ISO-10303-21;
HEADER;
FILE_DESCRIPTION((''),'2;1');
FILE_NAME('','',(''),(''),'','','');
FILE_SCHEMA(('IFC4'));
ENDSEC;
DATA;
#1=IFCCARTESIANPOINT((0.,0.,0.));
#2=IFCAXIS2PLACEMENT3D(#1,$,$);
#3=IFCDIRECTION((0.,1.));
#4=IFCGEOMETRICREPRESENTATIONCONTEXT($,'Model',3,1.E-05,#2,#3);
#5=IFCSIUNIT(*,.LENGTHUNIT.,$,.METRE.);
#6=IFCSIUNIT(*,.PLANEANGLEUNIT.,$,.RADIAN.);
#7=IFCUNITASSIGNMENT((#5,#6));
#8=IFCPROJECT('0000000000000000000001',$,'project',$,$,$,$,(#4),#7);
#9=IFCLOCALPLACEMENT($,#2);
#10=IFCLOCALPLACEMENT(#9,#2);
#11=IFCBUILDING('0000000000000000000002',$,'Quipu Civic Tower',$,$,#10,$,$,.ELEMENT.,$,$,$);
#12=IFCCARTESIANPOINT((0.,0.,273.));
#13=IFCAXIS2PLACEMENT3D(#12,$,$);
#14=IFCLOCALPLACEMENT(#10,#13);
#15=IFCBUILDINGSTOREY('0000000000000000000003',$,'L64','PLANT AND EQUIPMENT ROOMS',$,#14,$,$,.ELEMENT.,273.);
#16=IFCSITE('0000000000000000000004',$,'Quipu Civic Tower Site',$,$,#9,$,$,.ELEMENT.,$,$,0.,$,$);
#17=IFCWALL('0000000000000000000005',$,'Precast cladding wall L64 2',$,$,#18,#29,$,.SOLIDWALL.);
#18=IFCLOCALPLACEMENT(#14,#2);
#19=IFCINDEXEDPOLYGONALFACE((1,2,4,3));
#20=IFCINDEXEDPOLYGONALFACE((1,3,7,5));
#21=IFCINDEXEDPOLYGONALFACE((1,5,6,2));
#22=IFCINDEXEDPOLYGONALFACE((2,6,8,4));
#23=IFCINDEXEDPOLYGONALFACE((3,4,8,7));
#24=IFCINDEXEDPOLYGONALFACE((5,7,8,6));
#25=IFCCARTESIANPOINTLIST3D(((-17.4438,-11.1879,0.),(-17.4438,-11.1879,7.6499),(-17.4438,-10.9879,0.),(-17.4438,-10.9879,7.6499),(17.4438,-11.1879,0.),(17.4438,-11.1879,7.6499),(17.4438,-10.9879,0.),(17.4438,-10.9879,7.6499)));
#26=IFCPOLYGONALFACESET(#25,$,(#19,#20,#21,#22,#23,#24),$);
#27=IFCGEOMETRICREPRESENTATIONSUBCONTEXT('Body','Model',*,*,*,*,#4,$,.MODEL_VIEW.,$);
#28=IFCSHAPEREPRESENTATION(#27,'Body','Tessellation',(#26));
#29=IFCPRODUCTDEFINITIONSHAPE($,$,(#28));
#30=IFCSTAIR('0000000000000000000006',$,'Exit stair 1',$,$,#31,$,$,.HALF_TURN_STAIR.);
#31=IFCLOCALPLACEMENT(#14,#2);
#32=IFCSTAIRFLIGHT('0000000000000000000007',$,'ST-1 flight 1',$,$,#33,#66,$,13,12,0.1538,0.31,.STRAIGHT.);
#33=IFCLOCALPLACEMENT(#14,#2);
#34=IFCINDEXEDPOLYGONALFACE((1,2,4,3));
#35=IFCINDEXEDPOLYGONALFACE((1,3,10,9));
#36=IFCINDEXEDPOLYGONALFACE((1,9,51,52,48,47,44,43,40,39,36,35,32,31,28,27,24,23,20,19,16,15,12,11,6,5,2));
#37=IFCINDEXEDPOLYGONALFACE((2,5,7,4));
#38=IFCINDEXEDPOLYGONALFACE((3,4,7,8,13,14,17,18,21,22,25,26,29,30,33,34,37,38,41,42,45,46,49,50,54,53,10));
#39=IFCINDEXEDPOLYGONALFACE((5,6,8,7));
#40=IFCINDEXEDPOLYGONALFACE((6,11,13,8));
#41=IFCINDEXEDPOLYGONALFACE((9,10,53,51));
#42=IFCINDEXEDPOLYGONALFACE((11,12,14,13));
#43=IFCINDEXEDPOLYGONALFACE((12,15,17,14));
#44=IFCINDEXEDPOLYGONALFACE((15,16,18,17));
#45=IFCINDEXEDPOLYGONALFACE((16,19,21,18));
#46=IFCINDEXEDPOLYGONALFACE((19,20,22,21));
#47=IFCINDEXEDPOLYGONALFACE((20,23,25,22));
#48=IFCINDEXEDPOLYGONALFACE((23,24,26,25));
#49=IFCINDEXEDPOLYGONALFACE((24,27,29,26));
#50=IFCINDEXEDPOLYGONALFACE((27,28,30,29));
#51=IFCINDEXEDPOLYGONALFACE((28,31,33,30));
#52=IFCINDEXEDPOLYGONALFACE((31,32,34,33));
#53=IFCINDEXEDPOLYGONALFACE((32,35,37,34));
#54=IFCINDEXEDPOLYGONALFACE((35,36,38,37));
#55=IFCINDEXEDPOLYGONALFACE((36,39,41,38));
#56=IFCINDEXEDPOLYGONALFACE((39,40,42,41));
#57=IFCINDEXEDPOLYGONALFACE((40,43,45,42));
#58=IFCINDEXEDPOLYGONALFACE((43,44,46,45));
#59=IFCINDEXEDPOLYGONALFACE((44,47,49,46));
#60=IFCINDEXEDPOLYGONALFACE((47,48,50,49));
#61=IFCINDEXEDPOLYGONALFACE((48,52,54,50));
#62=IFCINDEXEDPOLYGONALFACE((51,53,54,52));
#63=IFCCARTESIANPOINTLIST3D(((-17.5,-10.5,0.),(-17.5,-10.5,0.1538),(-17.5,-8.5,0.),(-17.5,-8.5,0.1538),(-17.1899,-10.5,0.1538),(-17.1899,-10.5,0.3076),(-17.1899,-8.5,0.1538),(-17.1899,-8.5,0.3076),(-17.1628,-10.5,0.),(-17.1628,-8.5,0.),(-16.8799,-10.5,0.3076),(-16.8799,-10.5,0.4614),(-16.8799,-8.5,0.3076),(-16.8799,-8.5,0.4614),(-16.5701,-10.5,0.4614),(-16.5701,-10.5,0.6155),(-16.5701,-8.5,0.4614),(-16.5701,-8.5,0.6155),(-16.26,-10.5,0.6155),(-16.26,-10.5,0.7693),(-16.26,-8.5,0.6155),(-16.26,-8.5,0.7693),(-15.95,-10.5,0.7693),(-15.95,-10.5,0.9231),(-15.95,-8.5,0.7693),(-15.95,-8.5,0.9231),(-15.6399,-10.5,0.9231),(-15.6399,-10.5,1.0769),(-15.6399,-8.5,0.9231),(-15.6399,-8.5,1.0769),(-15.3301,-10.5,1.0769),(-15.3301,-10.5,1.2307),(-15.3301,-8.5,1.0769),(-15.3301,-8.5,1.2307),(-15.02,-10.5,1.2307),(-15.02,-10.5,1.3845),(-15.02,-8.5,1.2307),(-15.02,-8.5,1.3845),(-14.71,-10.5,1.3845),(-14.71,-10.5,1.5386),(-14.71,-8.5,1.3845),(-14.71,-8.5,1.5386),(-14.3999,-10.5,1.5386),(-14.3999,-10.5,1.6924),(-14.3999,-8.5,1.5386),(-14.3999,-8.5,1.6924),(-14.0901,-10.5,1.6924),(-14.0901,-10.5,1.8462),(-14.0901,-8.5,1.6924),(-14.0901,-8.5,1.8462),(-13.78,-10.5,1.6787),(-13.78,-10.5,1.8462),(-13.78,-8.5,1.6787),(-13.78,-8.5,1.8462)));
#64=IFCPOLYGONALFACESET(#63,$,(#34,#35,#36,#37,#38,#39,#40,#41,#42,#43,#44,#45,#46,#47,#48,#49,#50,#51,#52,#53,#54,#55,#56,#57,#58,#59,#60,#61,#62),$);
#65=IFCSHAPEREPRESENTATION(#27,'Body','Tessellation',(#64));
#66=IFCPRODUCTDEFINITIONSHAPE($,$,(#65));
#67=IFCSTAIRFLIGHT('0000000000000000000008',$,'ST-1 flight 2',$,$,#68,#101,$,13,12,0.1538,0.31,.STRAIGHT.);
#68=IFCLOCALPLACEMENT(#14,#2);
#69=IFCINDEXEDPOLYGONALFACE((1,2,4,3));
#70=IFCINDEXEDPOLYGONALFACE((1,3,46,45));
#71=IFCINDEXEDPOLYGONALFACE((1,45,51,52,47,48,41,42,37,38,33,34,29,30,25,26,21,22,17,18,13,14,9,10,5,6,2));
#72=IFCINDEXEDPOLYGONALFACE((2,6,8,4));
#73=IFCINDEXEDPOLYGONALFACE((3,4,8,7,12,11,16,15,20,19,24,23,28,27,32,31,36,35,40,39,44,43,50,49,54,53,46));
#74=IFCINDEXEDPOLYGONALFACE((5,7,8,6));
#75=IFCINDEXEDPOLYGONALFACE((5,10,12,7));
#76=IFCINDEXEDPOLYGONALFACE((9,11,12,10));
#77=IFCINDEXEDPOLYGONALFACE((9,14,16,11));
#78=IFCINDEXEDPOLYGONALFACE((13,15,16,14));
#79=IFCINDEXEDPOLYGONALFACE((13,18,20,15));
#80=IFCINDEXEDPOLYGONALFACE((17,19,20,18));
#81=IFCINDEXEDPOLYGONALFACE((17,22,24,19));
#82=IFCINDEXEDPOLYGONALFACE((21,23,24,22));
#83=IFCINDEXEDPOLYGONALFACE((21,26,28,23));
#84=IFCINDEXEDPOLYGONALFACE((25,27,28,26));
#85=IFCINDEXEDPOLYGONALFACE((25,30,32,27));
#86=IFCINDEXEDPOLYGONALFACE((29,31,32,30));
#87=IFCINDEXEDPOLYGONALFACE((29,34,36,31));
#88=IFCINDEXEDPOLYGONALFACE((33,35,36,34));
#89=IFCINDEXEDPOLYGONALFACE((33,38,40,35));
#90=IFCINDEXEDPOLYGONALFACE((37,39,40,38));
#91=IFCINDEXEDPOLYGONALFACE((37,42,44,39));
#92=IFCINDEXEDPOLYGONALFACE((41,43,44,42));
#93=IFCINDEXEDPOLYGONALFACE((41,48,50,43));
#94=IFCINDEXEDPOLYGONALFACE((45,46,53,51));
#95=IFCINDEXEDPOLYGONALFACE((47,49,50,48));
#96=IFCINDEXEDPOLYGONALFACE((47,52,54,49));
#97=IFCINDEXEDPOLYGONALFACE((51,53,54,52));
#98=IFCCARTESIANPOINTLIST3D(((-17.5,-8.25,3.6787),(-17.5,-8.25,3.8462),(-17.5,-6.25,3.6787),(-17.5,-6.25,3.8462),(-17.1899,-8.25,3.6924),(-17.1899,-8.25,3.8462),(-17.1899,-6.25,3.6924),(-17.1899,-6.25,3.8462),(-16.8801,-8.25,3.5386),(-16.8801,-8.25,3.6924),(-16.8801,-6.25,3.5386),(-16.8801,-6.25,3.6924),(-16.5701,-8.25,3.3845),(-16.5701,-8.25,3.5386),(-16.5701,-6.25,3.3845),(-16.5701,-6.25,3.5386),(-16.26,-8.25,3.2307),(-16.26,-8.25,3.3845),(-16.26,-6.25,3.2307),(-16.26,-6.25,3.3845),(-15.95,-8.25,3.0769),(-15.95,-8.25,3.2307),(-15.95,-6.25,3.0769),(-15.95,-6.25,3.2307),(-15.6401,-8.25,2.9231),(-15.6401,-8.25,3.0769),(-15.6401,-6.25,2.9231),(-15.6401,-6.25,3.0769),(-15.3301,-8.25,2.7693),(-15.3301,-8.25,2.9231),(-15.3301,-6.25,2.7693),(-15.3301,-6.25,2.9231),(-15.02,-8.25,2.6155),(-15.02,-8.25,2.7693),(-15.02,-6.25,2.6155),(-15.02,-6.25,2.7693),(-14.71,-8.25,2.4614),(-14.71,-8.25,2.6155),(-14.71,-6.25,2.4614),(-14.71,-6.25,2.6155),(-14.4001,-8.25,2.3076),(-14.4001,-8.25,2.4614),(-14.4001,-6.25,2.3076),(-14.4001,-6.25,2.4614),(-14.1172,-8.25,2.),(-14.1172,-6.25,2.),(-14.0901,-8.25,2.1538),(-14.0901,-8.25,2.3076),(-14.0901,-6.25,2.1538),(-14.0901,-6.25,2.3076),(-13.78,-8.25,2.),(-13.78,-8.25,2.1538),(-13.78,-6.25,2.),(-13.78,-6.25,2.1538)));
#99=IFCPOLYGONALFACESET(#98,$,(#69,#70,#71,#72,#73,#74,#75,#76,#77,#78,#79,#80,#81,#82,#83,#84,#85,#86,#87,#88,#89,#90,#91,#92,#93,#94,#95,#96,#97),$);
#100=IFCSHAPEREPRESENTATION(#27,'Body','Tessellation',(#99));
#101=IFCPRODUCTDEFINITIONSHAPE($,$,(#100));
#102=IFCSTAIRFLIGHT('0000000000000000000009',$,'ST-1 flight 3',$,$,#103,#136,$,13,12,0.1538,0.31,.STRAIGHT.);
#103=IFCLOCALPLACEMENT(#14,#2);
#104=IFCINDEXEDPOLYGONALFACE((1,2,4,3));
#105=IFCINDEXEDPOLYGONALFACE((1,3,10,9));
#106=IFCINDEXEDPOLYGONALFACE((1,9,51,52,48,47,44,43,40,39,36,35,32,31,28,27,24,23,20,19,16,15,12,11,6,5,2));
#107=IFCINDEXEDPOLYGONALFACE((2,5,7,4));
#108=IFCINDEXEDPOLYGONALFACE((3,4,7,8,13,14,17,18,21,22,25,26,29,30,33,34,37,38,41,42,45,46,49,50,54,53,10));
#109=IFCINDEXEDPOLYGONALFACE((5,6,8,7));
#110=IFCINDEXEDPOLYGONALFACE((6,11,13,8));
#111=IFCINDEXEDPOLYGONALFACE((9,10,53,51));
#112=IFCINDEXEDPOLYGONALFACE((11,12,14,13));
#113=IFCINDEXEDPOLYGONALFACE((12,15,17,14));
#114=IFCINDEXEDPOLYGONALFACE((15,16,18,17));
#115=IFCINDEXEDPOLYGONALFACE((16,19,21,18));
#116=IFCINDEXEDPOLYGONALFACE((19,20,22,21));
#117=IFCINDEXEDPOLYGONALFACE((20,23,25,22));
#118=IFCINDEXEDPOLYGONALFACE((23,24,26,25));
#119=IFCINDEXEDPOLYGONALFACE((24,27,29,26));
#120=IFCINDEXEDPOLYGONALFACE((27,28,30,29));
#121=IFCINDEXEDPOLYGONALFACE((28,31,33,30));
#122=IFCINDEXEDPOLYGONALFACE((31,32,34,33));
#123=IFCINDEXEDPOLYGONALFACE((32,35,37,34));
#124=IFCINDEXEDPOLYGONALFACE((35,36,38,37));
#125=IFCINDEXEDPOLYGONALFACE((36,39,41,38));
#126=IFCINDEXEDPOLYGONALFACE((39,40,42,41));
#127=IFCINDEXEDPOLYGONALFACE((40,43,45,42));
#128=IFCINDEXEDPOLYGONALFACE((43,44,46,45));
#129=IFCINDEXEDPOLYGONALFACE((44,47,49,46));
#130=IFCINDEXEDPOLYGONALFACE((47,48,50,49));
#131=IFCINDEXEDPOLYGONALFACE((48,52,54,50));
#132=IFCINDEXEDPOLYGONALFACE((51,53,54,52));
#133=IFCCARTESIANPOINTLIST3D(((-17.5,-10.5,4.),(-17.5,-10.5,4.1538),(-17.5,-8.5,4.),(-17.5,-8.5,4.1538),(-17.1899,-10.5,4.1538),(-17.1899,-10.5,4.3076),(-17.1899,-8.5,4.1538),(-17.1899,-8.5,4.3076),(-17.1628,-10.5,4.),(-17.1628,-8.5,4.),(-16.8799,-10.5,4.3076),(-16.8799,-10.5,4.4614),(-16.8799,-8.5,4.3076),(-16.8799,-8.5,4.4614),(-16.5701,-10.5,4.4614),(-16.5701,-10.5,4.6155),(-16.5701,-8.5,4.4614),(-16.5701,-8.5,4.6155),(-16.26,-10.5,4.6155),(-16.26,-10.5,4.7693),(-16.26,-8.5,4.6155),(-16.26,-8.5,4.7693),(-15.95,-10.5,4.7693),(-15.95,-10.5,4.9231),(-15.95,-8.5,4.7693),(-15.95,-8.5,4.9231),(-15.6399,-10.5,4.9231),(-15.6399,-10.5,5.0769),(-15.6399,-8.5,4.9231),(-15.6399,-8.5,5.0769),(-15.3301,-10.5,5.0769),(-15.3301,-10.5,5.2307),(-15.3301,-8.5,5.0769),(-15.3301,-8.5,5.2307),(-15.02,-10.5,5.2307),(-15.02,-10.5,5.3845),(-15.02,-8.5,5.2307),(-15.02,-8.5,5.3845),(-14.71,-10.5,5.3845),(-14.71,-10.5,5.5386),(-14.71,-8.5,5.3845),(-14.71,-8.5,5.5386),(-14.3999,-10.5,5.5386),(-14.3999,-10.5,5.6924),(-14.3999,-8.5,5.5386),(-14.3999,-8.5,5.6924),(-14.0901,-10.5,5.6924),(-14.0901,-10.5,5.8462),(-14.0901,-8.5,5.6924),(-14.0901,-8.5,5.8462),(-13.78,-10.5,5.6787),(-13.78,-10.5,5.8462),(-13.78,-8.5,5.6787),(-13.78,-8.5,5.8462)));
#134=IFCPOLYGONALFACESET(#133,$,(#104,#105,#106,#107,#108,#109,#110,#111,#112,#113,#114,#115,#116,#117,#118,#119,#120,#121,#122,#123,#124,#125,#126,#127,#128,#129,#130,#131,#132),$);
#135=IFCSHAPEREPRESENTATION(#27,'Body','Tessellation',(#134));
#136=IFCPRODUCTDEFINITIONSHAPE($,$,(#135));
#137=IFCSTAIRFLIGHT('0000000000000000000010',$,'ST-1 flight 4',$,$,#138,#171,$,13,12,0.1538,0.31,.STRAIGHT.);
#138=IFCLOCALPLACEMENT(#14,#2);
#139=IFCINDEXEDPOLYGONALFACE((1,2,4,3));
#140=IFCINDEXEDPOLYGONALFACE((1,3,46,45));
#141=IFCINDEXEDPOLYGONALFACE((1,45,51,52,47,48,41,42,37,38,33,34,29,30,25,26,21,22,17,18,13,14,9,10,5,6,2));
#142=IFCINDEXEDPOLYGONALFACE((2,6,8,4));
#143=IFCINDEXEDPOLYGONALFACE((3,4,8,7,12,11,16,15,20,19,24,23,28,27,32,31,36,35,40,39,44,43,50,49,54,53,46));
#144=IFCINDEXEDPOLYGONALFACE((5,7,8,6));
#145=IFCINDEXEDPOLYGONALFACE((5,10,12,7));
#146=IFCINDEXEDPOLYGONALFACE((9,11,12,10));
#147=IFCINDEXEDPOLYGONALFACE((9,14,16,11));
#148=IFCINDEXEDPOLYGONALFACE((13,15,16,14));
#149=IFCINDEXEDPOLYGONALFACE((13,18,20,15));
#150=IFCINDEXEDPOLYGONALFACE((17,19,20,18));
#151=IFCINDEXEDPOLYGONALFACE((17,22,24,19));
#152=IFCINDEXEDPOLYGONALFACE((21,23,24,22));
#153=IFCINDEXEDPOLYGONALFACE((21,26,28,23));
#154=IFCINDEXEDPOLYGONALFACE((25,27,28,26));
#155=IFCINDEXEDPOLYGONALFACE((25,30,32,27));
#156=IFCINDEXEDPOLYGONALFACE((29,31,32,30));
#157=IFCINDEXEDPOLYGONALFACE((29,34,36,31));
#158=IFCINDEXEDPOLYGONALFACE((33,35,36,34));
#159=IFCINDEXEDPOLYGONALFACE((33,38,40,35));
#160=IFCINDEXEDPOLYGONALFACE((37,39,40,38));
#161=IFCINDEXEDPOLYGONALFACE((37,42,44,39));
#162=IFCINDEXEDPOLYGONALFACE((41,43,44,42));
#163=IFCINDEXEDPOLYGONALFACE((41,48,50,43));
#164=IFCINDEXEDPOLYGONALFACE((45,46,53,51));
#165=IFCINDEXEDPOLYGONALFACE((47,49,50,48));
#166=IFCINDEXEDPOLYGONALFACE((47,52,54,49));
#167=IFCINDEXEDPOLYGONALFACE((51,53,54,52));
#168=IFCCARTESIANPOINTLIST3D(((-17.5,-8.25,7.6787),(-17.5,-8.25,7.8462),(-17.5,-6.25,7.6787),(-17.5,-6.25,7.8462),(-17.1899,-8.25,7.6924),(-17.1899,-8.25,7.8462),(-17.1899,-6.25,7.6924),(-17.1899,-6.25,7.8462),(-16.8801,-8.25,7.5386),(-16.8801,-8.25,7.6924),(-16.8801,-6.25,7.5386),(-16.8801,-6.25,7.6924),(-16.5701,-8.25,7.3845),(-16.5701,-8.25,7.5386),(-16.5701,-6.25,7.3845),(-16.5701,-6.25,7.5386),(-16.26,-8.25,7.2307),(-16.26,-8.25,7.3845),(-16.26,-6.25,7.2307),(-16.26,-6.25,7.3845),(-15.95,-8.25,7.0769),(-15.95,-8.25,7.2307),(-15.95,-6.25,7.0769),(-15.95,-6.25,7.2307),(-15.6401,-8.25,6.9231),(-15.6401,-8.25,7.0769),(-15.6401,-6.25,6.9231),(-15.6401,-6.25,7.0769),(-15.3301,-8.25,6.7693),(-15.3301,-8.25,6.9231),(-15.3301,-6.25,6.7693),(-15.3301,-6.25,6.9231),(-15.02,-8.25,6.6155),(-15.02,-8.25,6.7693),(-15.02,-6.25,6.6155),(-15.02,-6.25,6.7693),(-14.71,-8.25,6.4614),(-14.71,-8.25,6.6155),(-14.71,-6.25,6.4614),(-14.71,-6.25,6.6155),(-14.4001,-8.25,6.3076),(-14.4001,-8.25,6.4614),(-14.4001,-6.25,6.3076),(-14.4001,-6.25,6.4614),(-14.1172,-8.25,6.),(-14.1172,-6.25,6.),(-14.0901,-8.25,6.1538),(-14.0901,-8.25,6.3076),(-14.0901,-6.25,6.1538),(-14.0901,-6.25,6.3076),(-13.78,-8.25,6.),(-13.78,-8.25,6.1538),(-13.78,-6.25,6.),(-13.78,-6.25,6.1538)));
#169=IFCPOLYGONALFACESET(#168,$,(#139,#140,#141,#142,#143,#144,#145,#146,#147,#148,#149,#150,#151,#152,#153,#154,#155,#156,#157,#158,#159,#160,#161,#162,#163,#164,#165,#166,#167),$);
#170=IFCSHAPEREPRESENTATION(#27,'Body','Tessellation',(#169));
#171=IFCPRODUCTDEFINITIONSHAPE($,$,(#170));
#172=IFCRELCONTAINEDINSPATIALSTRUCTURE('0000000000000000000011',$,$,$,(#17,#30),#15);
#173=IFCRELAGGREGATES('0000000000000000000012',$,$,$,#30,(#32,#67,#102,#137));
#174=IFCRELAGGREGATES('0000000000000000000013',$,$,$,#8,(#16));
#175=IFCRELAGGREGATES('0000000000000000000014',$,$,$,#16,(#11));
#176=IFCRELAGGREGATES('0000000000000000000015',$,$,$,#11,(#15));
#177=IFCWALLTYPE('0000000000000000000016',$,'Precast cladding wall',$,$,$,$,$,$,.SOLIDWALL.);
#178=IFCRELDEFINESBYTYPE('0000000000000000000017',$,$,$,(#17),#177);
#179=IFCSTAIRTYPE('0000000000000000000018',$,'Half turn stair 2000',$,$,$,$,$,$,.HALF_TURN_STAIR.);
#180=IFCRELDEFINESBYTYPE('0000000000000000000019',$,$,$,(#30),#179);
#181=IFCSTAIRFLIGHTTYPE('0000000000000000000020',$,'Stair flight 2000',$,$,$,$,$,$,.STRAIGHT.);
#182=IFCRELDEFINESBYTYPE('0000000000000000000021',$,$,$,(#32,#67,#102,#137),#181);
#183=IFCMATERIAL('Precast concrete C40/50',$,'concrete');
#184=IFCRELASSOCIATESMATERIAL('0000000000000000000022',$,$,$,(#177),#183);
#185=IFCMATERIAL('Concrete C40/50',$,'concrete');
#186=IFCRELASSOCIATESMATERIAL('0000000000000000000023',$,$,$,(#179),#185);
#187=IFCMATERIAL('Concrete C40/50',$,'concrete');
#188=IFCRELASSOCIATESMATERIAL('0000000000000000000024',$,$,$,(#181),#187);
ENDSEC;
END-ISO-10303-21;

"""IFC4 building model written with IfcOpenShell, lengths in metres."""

from ifc_helpers import new_model, si_unit, direction, frame, frame_2d, origin, place, context, subcontext, project, spatial, polyline, rectangle, outline, extrude, material, type_object, element, aggregate, save


model = new_model("IFC4")

# Units and contexts
model_context = context("Model", 3, precision=1e-05, world=origin(), true_north=direction((0.0, 1.0)))
body_context = subcontext(model_context, "Body", "Model", "MODEL_VIEW")
ifc_project = project(units=[si_unit("LENGTHUNIT", "METRE"), si_unit("PLANEANGLEUNIT", "RADIAN")], contexts=[model_context])

# Site, building, storey
site_placement = place(None, origin())
site = spatial("IfcSite", under=ifc_project, at=site_placement, Name="Quipu Civic Tower Site", CompositionType="ELEMENT", RefElevation=0.0)
building_placement = place(site_placement, origin())
building = spatial("IfcBuilding", under=site, at=building_placement, Name="Quipu Civic Tower", CompositionType="ELEMENT")
storey_placement = place(building_placement, frame((0.0, 0.0, 273.0)))
storey = spatial("IfcBuildingStorey", under=building, at=storey_placement, Name="L64", Description="PLANT AND EQUIPMENT ROOMS", CompositionType="ELEMENT", Elevation=273.0)

# Wall
ifc_material_1 = material(Name="Precast concrete C40/50", Category="concrete")
wall_type_1 = type_object("IfcWallType", Name="Precast cladding wall", PredefinedType="SOLIDWALL", material=ifc_material_1)
wall_1_placement = place(storey_placement, frame((-17.4438, -11.0879, 0.0), z_axis=(0.0, 0.0, 1.0), x_axis=(1.0, 0.0, 0.0)))
element("IfcWall", 1, at=wall_1_placement, inside=storey, type_object=wall_type_1, Name="Precast cladding wall L64 2", PredefinedType="SOLIDWALL", context=body_context, shape_type="SweptSolid", body=[
    extrude(rectangle(XDim=34.8877, YDim=0.2, at=frame_2d((17.4438, 0.0))), origin(), (0.0, 0.0, 1.0), 7.6499),
])

# Stair, stair flights
ifc_material_2 = material(Name="Concrete C40/50", Category="concrete")
stair_type = type_object("IfcStairType", Name="Half turn stair 2000", PredefinedType="HALF_TURN_STAIR", material=ifc_material_2)
stair_placement = place(storey_placement, origin())
stair = element("IfcStair", 2, at=stair_placement, inside=storey, type_object=stair_type, Name="Exit stair 1", PredefinedType="HALF_TURN_STAIR")
ifc_material_3 = material(Name="Concrete C40/50", Category="concrete")
stair_flight_type = type_object("IfcStairFlightType", Name="Stair flight 2000", PredefinedType="STRAIGHT", material=ifc_material_3)
stair_flight_1_placement = place(storey_placement, frame((-17.5, -9.5, 0.0), z_axis=(0.0, 0.0, 1.0), x_axis=(1.0, 0.0, 0.0)))
stair_flight_1 = element("IfcStairFlight", 3, at=stair_flight_1_placement, type_object=stair_flight_type, Name="ST-1 flight 1", NumberOfRisers=13, NumberOfTreads=12, PredefinedType="STRAIGHT", RiserHeight=0.1538, TreadLength=0.31, context=body_context, shape_type="SweptSolid", body=[
    extrude(outline(polyline([(0.0, 0.0), (0.0, 0.1538), (0.3101, 0.1538), (0.3101, 0.3076), (0.6201, 0.3076), (0.6201, 0.4614), (0.9299, 0.4614), (0.9299, 0.6155), (1.24, 0.6155), (1.24, 0.7693), (1.55, 0.7693), (1.55, 0.9231), (1.8601, 0.9231), (1.8601, 1.0769), (2.1699, 1.0769), (2.1699, 1.2307), (2.48, 1.2307), (2.48, 1.3845), (2.79, 1.3845), (2.79, 1.5386), (3.1001, 1.5386), (3.1001, 1.6924), (3.4099, 1.6924), (3.4099, 1.8462), (3.72, 1.8462), (3.72, 2.0), (3.72, 1.6787), (0.3372, 0.0), (0.0, 0.0)])), frame((0.0, 1.0, 0.0), z_axis=(0.0, -1.0, 0.0), x_axis=(1.0, 0.0, 0.0)), (0.0, 0.0, 1.0), 2.0),
])
stair_flight_2_placement = place(storey_placement, frame((-13.78, -7.25, 2.0), z_axis=(0.0, 0.0, 1.0), x_axis=(-1.0, 0.0, 0.0)))
stair_flight_2 = element("IfcStairFlight", 4, at=stair_flight_2_placement, type_object=stair_flight_type, Name="ST-1 flight 2", NumberOfRisers=13, NumberOfTreads=12, PredefinedType="STRAIGHT", RiserHeight=0.1538, TreadLength=0.31, context=body_context, shape_type="SweptSolid", body=[
    extrude(outline(polyline([(0.0, 0.0), (0.0, 0.1538), (0.3101, 0.1538), (0.3101, 0.3076), (0.6201, 0.3076), (0.6201, 0.4614), (0.9299, 0.4614), (0.9299, 0.6155), (1.24, 0.6155), (1.24, 0.7693), (1.55, 0.7693), (1.55, 0.9231), (1.8601, 0.9231), (1.8601, 1.0769), (2.1699, 1.0769), (2.1699, 1.2307), (2.48, 1.2307), (2.48, 1.3845), (2.79, 1.3845), (2.79, 1.5386), (3.1001, 1.5386), (3.1001, 1.6924), (3.4099, 1.6924), (3.4099, 1.8462), (3.72, 1.8462), (3.72, 2.0), (3.72, 1.6787), (0.3372, 0.0), (0.0, 0.0)])), frame((0.0, 1.0, 0.0), z_axis=(0.0, -1.0, 0.0), x_axis=(1.0, 0.0, 0.0)), (0.0, 0.0, 1.0), 2.0),
])
stair_flight_3_placement = place(storey_placement, frame((-17.5, -9.5, 4.0), z_axis=(0.0, 0.0, 1.0), x_axis=(1.0, 0.0, 0.0)))
stair_flight_3 = element("IfcStairFlight", 5, at=stair_flight_3_placement, type_object=stair_flight_type, Name="ST-1 flight 3", NumberOfRisers=13, NumberOfTreads=12, PredefinedType="STRAIGHT", RiserHeight=0.1538, TreadLength=0.31, context=body_context, shape_type="SweptSolid", body=[
    extrude(outline(polyline([(0.0, 0.0), (0.0, 0.1538), (0.3101, 0.1538), (0.3101, 0.3076), (0.6201, 0.3076), (0.6201, 0.4614), (0.9299, 0.4614), (0.9299, 0.6155), (1.24, 0.6155), (1.24, 0.7693), (1.55, 0.7693), (1.55, 0.9231), (1.8601, 0.9231), (1.8601, 1.0769), (2.1699, 1.0769), (2.1699, 1.2307), (2.48, 1.2307), (2.48, 1.3845), (2.79, 1.3845), (2.79, 1.5386), (3.1001, 1.5386), (3.1001, 1.6924), (3.4099, 1.6924), (3.4099, 1.8462), (3.72, 1.8462), (3.72, 2.0), (3.72, 1.6787), (0.3372, 0.0), (0.0, 0.0)])), frame((0.0, 1.0, 0.0), z_axis=(0.0, -1.0, 0.0), x_axis=(1.0, 0.0, 0.0)), (0.0, 0.0, 1.0), 2.0),
])
stair_flight_4_placement = place(storey_placement, frame((-13.78, -7.25, 6.0), z_axis=(0.0, 0.0, 1.0), x_axis=(-1.0, 0.0, 0.0)))
stair_flight_4 = element("IfcStairFlight", 6, at=stair_flight_4_placement, type_object=stair_flight_type, Name="ST-1 flight 4", NumberOfRisers=13, NumberOfTreads=12, PredefinedType="STRAIGHT", RiserHeight=0.1538, TreadLength=0.31, context=body_context, shape_type="SweptSolid", body=[
    extrude(outline(polyline([(0.0, 0.0), (0.0, 0.1538), (0.3101, 0.1538), (0.3101, 0.3076), (0.6201, 0.3076), (0.6201, 0.4614), (0.9299, 0.4614), (0.9299, 0.6155), (1.24, 0.6155), (1.24, 0.7693), (1.55, 0.7693), (1.55, 0.9231), (1.8601, 0.9231), (1.8601, 1.0769), (2.1699, 1.0769), (2.1699, 1.2307), (2.48, 1.2307), (2.48, 1.3845), (2.79, 1.3845), (2.79, 1.5386), (3.1001, 1.5386), (3.1001, 1.6924), (3.4099, 1.6924), (3.4099, 1.8462), (3.72, 1.8462), (3.72, 2.0), (3.72, 1.6787), (0.3372, 0.0), (0.0, 0.0)])), frame((0.0, 1.0, 0.0), z_axis=(0.0, -1.0, 0.0), x_axis=(1.0, 0.0, 0.0)), (0.0, 0.0, 1.0), 2.0),
])
aggregate(stair, [stair_flight_1, stair_flight_2, stair_flight_3, stair_flight_4])

save(model, "model.ifc")
